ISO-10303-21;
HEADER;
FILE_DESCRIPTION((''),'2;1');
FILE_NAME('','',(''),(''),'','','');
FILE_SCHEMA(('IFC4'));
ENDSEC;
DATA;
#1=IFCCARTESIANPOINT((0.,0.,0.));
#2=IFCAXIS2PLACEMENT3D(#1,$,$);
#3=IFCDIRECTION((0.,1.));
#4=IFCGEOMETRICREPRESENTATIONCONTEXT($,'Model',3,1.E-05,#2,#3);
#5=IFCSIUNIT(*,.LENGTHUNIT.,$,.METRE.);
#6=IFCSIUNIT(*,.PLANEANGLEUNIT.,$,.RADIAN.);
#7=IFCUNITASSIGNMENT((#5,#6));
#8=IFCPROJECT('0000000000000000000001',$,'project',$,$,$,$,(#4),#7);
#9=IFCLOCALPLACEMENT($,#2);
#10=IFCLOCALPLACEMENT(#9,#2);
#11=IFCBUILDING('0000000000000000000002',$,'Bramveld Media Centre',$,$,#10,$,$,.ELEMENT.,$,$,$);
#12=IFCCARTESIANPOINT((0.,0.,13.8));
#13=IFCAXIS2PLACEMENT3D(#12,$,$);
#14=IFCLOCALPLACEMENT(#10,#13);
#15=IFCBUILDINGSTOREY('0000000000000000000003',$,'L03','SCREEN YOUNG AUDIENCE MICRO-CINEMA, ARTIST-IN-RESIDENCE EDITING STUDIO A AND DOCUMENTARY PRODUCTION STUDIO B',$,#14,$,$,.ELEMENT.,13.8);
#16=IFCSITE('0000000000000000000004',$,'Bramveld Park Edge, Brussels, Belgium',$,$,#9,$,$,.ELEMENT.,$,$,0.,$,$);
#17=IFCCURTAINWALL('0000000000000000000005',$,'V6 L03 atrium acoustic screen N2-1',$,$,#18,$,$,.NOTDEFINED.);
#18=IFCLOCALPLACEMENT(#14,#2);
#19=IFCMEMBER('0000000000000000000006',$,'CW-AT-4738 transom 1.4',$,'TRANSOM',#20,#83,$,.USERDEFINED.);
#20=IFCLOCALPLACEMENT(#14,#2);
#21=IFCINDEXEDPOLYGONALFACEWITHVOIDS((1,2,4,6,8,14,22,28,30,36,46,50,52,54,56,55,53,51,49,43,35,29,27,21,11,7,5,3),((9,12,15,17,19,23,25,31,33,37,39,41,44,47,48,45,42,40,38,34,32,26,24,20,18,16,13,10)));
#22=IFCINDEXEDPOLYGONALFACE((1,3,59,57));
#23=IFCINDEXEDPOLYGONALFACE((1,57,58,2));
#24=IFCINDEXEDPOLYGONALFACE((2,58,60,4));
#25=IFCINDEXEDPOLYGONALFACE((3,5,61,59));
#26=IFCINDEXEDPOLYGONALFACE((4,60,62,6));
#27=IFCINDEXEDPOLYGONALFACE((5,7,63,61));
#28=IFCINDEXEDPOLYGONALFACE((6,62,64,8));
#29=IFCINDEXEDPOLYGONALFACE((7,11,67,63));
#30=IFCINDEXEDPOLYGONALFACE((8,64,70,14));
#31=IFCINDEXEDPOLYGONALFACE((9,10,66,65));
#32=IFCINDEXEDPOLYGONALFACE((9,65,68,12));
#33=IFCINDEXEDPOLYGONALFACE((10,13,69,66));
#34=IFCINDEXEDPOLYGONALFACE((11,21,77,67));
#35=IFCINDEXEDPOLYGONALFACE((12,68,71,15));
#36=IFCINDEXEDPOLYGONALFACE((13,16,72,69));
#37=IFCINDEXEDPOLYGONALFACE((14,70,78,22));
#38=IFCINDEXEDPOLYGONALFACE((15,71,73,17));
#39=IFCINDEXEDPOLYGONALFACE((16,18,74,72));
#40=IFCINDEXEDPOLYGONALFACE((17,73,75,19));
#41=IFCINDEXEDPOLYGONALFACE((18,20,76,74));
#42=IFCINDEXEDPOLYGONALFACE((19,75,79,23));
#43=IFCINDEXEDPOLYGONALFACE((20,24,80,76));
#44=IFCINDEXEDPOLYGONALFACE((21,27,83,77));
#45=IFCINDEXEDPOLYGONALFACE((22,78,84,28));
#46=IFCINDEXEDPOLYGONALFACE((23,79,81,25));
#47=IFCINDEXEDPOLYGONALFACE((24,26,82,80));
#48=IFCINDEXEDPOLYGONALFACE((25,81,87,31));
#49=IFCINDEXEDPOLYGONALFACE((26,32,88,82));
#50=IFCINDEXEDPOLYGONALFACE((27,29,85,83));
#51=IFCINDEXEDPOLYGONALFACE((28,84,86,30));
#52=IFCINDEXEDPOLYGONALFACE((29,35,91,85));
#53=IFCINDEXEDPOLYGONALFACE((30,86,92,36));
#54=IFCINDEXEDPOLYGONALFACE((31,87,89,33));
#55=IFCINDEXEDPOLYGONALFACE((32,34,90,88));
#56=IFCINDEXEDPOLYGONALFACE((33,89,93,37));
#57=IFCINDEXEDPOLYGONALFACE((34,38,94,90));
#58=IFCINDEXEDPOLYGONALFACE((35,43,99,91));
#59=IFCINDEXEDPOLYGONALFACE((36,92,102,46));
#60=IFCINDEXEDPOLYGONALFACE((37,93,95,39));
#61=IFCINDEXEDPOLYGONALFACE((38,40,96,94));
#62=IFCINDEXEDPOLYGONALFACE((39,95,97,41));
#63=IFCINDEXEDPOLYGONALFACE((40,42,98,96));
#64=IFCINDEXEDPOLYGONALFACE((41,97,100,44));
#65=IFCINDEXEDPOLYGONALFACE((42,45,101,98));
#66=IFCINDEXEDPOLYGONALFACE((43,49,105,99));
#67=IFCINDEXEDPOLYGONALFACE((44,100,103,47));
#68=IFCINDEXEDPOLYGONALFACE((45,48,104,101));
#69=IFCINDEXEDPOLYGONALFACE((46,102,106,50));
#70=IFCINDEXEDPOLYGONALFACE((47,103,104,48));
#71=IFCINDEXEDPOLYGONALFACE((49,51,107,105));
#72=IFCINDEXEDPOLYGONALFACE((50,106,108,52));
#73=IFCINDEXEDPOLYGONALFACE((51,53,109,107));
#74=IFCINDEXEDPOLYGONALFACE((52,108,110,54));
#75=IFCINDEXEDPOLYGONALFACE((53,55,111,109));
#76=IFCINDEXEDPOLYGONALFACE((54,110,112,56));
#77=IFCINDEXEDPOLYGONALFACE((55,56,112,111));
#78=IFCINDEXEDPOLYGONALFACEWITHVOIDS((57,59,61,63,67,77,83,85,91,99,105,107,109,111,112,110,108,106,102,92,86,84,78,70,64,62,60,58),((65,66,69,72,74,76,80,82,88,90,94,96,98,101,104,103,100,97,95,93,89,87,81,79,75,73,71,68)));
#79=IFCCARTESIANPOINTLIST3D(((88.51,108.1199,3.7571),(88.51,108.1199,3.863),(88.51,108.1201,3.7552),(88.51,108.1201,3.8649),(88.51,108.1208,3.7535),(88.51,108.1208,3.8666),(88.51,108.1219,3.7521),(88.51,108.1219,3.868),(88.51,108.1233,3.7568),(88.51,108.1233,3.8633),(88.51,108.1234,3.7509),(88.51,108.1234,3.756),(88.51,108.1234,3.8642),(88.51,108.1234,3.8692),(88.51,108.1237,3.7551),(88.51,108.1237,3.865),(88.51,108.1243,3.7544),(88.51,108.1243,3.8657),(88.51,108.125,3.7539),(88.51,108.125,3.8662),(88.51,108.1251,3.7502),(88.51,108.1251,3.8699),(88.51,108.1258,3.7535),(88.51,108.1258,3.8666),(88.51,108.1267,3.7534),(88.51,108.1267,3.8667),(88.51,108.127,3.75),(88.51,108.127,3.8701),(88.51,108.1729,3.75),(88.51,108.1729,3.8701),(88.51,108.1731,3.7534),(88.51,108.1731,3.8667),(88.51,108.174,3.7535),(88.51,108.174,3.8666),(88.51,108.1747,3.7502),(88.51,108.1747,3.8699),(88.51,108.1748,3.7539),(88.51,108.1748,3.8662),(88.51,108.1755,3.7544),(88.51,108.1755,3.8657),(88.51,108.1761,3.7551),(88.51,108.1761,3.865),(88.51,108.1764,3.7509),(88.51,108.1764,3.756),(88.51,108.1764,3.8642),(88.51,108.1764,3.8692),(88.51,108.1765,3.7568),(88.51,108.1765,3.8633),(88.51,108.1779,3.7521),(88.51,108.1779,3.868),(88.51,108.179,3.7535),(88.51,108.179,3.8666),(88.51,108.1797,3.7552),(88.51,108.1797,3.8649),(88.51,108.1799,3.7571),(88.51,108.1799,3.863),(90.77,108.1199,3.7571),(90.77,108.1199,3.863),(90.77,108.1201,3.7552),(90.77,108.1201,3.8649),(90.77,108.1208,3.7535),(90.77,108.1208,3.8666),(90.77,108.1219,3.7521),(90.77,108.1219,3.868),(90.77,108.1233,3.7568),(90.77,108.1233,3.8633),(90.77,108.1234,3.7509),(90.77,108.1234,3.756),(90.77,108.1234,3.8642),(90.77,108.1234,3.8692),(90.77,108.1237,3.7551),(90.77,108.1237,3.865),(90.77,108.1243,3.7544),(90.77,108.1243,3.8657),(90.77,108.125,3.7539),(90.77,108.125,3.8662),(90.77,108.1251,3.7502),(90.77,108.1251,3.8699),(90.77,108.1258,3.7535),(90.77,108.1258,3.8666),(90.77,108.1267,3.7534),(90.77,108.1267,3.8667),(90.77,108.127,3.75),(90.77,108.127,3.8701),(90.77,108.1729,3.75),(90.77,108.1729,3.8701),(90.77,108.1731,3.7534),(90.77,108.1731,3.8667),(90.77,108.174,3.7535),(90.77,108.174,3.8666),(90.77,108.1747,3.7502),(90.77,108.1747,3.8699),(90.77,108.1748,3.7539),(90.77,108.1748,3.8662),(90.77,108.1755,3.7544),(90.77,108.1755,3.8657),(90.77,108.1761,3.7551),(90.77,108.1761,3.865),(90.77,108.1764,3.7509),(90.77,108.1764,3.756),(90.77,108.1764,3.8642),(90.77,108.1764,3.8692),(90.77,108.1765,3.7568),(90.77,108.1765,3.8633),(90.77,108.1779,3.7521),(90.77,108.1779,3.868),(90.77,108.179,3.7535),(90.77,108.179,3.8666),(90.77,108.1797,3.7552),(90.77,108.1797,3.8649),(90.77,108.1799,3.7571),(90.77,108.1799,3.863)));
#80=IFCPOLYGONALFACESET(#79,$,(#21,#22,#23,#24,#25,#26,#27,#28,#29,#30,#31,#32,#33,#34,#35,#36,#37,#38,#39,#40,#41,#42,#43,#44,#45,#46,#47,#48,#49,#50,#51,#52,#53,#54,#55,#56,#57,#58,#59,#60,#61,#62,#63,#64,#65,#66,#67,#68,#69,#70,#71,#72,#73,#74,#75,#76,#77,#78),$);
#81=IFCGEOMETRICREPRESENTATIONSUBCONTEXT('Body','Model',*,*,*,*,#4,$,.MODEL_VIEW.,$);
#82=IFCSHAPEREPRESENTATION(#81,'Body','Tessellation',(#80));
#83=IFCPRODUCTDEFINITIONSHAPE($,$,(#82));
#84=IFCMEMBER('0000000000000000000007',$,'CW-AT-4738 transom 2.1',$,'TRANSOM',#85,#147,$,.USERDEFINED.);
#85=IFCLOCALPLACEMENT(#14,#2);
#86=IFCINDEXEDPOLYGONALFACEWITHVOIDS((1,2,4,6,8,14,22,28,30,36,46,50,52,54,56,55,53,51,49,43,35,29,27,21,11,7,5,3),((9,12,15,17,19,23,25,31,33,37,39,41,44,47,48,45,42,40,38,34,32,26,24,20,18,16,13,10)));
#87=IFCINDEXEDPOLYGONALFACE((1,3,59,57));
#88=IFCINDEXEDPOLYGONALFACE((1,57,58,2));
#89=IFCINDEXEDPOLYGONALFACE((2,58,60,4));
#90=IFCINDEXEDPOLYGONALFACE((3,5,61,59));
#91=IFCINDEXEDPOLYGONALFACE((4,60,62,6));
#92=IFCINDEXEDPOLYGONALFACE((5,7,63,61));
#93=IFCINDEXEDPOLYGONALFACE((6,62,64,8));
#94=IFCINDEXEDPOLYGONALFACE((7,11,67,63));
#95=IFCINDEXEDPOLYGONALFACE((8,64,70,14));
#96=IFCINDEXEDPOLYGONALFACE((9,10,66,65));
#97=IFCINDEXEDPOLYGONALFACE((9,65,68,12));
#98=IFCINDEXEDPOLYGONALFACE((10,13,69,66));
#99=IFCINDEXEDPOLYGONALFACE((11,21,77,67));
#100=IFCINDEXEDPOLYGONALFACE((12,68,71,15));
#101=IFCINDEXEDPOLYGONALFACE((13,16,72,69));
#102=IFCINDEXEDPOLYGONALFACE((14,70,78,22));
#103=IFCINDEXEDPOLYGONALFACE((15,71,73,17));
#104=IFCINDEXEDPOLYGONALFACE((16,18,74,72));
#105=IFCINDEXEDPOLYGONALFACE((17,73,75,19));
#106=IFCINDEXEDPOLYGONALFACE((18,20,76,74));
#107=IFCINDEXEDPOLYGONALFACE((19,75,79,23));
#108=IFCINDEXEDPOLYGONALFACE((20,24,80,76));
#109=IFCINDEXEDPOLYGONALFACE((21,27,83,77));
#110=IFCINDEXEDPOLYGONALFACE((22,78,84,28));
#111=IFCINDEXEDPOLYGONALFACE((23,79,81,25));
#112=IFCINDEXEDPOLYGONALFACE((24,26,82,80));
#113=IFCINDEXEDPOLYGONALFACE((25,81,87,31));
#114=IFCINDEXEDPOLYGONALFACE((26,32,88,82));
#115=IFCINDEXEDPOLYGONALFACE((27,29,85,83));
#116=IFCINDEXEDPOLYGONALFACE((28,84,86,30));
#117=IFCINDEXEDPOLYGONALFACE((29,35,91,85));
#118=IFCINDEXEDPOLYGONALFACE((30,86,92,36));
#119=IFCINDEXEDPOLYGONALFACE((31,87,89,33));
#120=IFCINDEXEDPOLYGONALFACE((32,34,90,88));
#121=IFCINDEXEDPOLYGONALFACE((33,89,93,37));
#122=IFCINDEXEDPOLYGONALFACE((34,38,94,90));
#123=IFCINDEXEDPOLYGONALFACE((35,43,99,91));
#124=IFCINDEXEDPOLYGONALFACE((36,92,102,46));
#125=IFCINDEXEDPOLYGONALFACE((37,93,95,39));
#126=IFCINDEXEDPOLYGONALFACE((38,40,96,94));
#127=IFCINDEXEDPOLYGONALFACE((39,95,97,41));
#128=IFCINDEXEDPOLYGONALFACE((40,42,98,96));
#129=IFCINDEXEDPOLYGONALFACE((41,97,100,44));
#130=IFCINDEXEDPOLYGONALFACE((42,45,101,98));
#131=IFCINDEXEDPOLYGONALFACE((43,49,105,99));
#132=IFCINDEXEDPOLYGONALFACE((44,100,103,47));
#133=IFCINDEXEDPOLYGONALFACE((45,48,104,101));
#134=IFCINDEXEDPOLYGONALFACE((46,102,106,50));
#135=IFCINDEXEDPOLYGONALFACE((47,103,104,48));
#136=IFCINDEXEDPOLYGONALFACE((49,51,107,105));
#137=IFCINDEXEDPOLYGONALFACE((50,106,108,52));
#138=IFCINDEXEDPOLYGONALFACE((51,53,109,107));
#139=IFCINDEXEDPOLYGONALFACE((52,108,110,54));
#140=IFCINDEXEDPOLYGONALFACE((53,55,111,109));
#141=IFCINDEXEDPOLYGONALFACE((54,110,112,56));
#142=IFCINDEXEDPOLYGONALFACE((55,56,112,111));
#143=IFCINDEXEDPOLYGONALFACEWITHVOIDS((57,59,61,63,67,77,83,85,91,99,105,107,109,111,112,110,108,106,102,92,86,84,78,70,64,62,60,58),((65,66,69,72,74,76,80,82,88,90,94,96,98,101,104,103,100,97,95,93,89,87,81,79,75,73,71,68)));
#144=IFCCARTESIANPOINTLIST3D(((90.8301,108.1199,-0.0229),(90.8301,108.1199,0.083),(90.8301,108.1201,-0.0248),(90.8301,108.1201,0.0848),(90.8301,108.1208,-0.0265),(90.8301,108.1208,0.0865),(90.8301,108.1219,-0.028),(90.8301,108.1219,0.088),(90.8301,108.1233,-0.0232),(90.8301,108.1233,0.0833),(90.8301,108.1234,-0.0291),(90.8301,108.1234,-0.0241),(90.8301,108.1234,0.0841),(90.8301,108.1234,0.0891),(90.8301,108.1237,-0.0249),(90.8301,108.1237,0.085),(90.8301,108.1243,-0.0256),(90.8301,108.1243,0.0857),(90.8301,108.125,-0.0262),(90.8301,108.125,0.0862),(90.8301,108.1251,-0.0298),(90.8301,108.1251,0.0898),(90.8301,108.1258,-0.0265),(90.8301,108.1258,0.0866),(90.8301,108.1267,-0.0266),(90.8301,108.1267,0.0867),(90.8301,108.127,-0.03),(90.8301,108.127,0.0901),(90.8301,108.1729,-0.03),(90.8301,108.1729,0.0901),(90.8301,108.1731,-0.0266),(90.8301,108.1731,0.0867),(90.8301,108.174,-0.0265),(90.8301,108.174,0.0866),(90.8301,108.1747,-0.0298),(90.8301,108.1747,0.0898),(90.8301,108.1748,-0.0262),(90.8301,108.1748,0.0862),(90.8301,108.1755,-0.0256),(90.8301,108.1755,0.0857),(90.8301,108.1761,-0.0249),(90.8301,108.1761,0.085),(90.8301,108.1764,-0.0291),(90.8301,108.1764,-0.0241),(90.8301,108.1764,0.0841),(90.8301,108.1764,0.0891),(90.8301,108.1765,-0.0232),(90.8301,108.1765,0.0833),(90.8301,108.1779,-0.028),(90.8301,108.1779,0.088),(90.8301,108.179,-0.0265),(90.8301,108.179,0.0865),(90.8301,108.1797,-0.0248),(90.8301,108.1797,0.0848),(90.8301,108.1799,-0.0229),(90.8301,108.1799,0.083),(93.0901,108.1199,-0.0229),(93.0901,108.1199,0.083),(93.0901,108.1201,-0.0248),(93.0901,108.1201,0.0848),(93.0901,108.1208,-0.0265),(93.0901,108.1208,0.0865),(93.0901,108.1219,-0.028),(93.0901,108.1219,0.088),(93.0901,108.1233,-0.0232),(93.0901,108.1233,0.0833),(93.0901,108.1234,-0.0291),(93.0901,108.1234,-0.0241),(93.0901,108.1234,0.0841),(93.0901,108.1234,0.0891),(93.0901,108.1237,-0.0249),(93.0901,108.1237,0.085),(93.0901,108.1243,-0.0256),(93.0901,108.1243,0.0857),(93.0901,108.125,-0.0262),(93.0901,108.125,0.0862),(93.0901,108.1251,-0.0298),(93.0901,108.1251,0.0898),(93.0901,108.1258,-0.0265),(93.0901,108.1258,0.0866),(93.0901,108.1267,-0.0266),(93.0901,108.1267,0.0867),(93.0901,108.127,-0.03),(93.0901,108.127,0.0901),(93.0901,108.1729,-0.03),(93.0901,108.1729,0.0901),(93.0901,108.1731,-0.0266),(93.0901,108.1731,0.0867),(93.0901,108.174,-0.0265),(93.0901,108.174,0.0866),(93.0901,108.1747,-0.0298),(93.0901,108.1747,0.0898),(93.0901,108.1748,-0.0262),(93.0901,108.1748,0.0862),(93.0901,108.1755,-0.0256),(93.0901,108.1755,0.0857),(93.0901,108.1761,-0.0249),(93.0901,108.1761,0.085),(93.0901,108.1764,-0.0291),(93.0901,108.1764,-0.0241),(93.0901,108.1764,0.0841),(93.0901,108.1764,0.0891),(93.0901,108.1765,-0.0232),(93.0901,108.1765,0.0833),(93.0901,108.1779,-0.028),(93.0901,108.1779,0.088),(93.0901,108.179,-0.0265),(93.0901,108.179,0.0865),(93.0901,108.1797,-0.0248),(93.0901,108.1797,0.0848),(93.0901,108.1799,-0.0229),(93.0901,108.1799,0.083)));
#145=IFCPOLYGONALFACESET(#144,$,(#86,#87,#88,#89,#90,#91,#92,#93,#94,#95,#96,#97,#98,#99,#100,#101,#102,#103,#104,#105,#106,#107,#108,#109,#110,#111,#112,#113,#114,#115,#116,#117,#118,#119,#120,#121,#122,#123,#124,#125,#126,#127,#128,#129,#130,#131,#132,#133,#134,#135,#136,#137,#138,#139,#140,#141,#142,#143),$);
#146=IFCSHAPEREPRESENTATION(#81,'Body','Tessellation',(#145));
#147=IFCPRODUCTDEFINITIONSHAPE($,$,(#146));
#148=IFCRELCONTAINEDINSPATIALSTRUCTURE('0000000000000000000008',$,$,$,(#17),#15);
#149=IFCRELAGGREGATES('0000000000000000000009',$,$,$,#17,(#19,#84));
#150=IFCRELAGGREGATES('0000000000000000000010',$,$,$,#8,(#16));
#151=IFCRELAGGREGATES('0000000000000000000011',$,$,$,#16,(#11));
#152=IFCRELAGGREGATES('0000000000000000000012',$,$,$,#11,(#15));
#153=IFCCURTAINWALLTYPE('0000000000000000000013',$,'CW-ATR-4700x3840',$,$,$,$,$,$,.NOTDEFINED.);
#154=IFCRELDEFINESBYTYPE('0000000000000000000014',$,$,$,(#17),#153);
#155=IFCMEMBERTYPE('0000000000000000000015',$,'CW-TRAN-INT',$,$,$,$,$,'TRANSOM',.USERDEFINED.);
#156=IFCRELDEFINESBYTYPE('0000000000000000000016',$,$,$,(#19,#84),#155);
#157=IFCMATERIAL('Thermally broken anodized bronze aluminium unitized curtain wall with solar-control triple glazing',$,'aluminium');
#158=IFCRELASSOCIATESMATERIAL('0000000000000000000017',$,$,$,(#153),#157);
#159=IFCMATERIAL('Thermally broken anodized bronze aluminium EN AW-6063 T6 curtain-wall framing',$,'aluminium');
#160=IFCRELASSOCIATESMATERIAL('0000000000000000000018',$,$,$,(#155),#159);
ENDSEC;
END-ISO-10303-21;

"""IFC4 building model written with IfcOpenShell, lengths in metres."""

from ifc_helpers import new_model, si_unit, direction, frame, origin, origin_2d, place, context, subcontext, project, spatial, hollow_rectangle, extrude, material, material_profile, profile_set, type_object, element, aggregate, save


model = new_model("IFC4")

# Units and contexts
model_context = context("Model", 3, precision=1e-05, world=origin(), true_north=direction((0.0, 1.0)))
body_context = subcontext(model_context, "Body", "Model", "MODEL_VIEW")
ifc_project = project(units=[si_unit("LENGTHUNIT", "METRE"), si_unit("PLANEANGLEUNIT", "RADIAN")], contexts=[model_context])

# Site, building, storey
site_placement = place(None, origin())
site = spatial("IfcSite", under=ifc_project, at=site_placement, Name="Bramveld Park Edge, Brussels, Belgium", CompositionType="ELEMENT", RefElevation=0.0)
building_placement = place(site_placement, origin())
building = spatial("IfcBuilding", under=site, at=building_placement, Name="Bramveld Media Centre", CompositionType="ELEMENT")
storey_placement = place(building_placement, frame((0.0, 0.0, 13.8)))
storey = spatial("IfcBuildingStorey", under=building, at=storey_placement, Name="L03", Description="SCREEN YOUNG AUDIENCE MICRO-CINEMA, ARTIST-IN-RESIDENCE EDITING STUDIO A AND DOCUMENTARY PRODUCTION STUDIO B", CompositionType="ELEMENT", Elevation=13.8)

# Curtain wall, members
ifc_material_1 = material(Name="Thermally broken anodized bronze aluminium unitized curtain wall with solar-control triple glazing", Category="aluminium")
curtain_wall_type = type_object("IfcCurtainWallType", Name="CW-ATR-4700x3840", PredefinedType="NOTDEFINED", material=ifc_material_1)
curtain_wall_placement = place(storey_placement, origin())
curtain_wall = element("IfcCurtainWall", 1, at=curtain_wall_placement, inside=storey, type_object=curtain_wall_type, Name="V6 L03 atrium acoustic screen N2-1", PredefinedType="NOTDEFINED")
ifc_material_2 = material(Name="Thermally broken anodized bronze aluminium EN AW-6063 T6 curtain-wall framing", Category="aluminium")
ifc_material_profile_1 = material_profile(ifc_material_2, hollow_rectangle(XDim=0.0601, YDim=0.1201, WallThickness=0.0034, InnerFilletRadius=0.0034, OuterFilletRadius=0.0071, at=origin_2d()), Name="AL-TRAN 60x120")
ifc_profile_set_1 = profile_set([ifc_material_profile_1], Name="Thermally broken anodized bronze aluminium EN AW-6063 T6 curtain-wall framing")
member_type_1 = type_object("IfcMemberType", Name="CW-TRAN-INT", ElementType="TRANSOM", PredefinedType="USERDEFINED", material=ifc_profile_set_1)
member_1_placement = place(storey_placement, frame((88.51, 108.1499, 3.8101), z_axis=(1.0, 0.0, 0.0), x_axis=(0.0, 1.0, 0.0)))
member_1 = element("IfcMember", 2, at=member_1_placement, type_object=member_type_1, Name="CW-AT-4738 transom 1.4", ObjectType="TRANSOM", PredefinedType="USERDEFINED", context=body_context, shape_type="SweptSolid", body=[
    extrude(hollow_rectangle(XDim=0.0601, YDim=0.1201, WallThickness=0.0034, InnerFilletRadius=0.0034, OuterFilletRadius=0.0071, at=origin_2d()), origin(), (0.0, 0.0, 1.0), 2.26),
])
member_2_placement = place(storey_placement, frame((90.8301, 108.1499, 0.03), z_axis=(1.0, 0.0, 0.0), x_axis=(0.0, 1.0, 0.0)))
member_2 = element("IfcMember", 3, at=member_2_placement, type_object=member_type_1, Name="CW-AT-4738 transom 2.1", ObjectType="TRANSOM", PredefinedType="USERDEFINED", context=body_context, shape_type="SweptSolid", body=[
    extrude(hollow_rectangle(XDim=0.0601, YDim=0.1201, WallThickness=0.0034, InnerFilletRadius=0.0034, OuterFilletRadius=0.0071, at=origin_2d()), origin(), (0.0, 0.0, 1.0), 2.26),
])

aggregate(curtain_wall, [member_1, member_2])

save(model, "model.ifc")
